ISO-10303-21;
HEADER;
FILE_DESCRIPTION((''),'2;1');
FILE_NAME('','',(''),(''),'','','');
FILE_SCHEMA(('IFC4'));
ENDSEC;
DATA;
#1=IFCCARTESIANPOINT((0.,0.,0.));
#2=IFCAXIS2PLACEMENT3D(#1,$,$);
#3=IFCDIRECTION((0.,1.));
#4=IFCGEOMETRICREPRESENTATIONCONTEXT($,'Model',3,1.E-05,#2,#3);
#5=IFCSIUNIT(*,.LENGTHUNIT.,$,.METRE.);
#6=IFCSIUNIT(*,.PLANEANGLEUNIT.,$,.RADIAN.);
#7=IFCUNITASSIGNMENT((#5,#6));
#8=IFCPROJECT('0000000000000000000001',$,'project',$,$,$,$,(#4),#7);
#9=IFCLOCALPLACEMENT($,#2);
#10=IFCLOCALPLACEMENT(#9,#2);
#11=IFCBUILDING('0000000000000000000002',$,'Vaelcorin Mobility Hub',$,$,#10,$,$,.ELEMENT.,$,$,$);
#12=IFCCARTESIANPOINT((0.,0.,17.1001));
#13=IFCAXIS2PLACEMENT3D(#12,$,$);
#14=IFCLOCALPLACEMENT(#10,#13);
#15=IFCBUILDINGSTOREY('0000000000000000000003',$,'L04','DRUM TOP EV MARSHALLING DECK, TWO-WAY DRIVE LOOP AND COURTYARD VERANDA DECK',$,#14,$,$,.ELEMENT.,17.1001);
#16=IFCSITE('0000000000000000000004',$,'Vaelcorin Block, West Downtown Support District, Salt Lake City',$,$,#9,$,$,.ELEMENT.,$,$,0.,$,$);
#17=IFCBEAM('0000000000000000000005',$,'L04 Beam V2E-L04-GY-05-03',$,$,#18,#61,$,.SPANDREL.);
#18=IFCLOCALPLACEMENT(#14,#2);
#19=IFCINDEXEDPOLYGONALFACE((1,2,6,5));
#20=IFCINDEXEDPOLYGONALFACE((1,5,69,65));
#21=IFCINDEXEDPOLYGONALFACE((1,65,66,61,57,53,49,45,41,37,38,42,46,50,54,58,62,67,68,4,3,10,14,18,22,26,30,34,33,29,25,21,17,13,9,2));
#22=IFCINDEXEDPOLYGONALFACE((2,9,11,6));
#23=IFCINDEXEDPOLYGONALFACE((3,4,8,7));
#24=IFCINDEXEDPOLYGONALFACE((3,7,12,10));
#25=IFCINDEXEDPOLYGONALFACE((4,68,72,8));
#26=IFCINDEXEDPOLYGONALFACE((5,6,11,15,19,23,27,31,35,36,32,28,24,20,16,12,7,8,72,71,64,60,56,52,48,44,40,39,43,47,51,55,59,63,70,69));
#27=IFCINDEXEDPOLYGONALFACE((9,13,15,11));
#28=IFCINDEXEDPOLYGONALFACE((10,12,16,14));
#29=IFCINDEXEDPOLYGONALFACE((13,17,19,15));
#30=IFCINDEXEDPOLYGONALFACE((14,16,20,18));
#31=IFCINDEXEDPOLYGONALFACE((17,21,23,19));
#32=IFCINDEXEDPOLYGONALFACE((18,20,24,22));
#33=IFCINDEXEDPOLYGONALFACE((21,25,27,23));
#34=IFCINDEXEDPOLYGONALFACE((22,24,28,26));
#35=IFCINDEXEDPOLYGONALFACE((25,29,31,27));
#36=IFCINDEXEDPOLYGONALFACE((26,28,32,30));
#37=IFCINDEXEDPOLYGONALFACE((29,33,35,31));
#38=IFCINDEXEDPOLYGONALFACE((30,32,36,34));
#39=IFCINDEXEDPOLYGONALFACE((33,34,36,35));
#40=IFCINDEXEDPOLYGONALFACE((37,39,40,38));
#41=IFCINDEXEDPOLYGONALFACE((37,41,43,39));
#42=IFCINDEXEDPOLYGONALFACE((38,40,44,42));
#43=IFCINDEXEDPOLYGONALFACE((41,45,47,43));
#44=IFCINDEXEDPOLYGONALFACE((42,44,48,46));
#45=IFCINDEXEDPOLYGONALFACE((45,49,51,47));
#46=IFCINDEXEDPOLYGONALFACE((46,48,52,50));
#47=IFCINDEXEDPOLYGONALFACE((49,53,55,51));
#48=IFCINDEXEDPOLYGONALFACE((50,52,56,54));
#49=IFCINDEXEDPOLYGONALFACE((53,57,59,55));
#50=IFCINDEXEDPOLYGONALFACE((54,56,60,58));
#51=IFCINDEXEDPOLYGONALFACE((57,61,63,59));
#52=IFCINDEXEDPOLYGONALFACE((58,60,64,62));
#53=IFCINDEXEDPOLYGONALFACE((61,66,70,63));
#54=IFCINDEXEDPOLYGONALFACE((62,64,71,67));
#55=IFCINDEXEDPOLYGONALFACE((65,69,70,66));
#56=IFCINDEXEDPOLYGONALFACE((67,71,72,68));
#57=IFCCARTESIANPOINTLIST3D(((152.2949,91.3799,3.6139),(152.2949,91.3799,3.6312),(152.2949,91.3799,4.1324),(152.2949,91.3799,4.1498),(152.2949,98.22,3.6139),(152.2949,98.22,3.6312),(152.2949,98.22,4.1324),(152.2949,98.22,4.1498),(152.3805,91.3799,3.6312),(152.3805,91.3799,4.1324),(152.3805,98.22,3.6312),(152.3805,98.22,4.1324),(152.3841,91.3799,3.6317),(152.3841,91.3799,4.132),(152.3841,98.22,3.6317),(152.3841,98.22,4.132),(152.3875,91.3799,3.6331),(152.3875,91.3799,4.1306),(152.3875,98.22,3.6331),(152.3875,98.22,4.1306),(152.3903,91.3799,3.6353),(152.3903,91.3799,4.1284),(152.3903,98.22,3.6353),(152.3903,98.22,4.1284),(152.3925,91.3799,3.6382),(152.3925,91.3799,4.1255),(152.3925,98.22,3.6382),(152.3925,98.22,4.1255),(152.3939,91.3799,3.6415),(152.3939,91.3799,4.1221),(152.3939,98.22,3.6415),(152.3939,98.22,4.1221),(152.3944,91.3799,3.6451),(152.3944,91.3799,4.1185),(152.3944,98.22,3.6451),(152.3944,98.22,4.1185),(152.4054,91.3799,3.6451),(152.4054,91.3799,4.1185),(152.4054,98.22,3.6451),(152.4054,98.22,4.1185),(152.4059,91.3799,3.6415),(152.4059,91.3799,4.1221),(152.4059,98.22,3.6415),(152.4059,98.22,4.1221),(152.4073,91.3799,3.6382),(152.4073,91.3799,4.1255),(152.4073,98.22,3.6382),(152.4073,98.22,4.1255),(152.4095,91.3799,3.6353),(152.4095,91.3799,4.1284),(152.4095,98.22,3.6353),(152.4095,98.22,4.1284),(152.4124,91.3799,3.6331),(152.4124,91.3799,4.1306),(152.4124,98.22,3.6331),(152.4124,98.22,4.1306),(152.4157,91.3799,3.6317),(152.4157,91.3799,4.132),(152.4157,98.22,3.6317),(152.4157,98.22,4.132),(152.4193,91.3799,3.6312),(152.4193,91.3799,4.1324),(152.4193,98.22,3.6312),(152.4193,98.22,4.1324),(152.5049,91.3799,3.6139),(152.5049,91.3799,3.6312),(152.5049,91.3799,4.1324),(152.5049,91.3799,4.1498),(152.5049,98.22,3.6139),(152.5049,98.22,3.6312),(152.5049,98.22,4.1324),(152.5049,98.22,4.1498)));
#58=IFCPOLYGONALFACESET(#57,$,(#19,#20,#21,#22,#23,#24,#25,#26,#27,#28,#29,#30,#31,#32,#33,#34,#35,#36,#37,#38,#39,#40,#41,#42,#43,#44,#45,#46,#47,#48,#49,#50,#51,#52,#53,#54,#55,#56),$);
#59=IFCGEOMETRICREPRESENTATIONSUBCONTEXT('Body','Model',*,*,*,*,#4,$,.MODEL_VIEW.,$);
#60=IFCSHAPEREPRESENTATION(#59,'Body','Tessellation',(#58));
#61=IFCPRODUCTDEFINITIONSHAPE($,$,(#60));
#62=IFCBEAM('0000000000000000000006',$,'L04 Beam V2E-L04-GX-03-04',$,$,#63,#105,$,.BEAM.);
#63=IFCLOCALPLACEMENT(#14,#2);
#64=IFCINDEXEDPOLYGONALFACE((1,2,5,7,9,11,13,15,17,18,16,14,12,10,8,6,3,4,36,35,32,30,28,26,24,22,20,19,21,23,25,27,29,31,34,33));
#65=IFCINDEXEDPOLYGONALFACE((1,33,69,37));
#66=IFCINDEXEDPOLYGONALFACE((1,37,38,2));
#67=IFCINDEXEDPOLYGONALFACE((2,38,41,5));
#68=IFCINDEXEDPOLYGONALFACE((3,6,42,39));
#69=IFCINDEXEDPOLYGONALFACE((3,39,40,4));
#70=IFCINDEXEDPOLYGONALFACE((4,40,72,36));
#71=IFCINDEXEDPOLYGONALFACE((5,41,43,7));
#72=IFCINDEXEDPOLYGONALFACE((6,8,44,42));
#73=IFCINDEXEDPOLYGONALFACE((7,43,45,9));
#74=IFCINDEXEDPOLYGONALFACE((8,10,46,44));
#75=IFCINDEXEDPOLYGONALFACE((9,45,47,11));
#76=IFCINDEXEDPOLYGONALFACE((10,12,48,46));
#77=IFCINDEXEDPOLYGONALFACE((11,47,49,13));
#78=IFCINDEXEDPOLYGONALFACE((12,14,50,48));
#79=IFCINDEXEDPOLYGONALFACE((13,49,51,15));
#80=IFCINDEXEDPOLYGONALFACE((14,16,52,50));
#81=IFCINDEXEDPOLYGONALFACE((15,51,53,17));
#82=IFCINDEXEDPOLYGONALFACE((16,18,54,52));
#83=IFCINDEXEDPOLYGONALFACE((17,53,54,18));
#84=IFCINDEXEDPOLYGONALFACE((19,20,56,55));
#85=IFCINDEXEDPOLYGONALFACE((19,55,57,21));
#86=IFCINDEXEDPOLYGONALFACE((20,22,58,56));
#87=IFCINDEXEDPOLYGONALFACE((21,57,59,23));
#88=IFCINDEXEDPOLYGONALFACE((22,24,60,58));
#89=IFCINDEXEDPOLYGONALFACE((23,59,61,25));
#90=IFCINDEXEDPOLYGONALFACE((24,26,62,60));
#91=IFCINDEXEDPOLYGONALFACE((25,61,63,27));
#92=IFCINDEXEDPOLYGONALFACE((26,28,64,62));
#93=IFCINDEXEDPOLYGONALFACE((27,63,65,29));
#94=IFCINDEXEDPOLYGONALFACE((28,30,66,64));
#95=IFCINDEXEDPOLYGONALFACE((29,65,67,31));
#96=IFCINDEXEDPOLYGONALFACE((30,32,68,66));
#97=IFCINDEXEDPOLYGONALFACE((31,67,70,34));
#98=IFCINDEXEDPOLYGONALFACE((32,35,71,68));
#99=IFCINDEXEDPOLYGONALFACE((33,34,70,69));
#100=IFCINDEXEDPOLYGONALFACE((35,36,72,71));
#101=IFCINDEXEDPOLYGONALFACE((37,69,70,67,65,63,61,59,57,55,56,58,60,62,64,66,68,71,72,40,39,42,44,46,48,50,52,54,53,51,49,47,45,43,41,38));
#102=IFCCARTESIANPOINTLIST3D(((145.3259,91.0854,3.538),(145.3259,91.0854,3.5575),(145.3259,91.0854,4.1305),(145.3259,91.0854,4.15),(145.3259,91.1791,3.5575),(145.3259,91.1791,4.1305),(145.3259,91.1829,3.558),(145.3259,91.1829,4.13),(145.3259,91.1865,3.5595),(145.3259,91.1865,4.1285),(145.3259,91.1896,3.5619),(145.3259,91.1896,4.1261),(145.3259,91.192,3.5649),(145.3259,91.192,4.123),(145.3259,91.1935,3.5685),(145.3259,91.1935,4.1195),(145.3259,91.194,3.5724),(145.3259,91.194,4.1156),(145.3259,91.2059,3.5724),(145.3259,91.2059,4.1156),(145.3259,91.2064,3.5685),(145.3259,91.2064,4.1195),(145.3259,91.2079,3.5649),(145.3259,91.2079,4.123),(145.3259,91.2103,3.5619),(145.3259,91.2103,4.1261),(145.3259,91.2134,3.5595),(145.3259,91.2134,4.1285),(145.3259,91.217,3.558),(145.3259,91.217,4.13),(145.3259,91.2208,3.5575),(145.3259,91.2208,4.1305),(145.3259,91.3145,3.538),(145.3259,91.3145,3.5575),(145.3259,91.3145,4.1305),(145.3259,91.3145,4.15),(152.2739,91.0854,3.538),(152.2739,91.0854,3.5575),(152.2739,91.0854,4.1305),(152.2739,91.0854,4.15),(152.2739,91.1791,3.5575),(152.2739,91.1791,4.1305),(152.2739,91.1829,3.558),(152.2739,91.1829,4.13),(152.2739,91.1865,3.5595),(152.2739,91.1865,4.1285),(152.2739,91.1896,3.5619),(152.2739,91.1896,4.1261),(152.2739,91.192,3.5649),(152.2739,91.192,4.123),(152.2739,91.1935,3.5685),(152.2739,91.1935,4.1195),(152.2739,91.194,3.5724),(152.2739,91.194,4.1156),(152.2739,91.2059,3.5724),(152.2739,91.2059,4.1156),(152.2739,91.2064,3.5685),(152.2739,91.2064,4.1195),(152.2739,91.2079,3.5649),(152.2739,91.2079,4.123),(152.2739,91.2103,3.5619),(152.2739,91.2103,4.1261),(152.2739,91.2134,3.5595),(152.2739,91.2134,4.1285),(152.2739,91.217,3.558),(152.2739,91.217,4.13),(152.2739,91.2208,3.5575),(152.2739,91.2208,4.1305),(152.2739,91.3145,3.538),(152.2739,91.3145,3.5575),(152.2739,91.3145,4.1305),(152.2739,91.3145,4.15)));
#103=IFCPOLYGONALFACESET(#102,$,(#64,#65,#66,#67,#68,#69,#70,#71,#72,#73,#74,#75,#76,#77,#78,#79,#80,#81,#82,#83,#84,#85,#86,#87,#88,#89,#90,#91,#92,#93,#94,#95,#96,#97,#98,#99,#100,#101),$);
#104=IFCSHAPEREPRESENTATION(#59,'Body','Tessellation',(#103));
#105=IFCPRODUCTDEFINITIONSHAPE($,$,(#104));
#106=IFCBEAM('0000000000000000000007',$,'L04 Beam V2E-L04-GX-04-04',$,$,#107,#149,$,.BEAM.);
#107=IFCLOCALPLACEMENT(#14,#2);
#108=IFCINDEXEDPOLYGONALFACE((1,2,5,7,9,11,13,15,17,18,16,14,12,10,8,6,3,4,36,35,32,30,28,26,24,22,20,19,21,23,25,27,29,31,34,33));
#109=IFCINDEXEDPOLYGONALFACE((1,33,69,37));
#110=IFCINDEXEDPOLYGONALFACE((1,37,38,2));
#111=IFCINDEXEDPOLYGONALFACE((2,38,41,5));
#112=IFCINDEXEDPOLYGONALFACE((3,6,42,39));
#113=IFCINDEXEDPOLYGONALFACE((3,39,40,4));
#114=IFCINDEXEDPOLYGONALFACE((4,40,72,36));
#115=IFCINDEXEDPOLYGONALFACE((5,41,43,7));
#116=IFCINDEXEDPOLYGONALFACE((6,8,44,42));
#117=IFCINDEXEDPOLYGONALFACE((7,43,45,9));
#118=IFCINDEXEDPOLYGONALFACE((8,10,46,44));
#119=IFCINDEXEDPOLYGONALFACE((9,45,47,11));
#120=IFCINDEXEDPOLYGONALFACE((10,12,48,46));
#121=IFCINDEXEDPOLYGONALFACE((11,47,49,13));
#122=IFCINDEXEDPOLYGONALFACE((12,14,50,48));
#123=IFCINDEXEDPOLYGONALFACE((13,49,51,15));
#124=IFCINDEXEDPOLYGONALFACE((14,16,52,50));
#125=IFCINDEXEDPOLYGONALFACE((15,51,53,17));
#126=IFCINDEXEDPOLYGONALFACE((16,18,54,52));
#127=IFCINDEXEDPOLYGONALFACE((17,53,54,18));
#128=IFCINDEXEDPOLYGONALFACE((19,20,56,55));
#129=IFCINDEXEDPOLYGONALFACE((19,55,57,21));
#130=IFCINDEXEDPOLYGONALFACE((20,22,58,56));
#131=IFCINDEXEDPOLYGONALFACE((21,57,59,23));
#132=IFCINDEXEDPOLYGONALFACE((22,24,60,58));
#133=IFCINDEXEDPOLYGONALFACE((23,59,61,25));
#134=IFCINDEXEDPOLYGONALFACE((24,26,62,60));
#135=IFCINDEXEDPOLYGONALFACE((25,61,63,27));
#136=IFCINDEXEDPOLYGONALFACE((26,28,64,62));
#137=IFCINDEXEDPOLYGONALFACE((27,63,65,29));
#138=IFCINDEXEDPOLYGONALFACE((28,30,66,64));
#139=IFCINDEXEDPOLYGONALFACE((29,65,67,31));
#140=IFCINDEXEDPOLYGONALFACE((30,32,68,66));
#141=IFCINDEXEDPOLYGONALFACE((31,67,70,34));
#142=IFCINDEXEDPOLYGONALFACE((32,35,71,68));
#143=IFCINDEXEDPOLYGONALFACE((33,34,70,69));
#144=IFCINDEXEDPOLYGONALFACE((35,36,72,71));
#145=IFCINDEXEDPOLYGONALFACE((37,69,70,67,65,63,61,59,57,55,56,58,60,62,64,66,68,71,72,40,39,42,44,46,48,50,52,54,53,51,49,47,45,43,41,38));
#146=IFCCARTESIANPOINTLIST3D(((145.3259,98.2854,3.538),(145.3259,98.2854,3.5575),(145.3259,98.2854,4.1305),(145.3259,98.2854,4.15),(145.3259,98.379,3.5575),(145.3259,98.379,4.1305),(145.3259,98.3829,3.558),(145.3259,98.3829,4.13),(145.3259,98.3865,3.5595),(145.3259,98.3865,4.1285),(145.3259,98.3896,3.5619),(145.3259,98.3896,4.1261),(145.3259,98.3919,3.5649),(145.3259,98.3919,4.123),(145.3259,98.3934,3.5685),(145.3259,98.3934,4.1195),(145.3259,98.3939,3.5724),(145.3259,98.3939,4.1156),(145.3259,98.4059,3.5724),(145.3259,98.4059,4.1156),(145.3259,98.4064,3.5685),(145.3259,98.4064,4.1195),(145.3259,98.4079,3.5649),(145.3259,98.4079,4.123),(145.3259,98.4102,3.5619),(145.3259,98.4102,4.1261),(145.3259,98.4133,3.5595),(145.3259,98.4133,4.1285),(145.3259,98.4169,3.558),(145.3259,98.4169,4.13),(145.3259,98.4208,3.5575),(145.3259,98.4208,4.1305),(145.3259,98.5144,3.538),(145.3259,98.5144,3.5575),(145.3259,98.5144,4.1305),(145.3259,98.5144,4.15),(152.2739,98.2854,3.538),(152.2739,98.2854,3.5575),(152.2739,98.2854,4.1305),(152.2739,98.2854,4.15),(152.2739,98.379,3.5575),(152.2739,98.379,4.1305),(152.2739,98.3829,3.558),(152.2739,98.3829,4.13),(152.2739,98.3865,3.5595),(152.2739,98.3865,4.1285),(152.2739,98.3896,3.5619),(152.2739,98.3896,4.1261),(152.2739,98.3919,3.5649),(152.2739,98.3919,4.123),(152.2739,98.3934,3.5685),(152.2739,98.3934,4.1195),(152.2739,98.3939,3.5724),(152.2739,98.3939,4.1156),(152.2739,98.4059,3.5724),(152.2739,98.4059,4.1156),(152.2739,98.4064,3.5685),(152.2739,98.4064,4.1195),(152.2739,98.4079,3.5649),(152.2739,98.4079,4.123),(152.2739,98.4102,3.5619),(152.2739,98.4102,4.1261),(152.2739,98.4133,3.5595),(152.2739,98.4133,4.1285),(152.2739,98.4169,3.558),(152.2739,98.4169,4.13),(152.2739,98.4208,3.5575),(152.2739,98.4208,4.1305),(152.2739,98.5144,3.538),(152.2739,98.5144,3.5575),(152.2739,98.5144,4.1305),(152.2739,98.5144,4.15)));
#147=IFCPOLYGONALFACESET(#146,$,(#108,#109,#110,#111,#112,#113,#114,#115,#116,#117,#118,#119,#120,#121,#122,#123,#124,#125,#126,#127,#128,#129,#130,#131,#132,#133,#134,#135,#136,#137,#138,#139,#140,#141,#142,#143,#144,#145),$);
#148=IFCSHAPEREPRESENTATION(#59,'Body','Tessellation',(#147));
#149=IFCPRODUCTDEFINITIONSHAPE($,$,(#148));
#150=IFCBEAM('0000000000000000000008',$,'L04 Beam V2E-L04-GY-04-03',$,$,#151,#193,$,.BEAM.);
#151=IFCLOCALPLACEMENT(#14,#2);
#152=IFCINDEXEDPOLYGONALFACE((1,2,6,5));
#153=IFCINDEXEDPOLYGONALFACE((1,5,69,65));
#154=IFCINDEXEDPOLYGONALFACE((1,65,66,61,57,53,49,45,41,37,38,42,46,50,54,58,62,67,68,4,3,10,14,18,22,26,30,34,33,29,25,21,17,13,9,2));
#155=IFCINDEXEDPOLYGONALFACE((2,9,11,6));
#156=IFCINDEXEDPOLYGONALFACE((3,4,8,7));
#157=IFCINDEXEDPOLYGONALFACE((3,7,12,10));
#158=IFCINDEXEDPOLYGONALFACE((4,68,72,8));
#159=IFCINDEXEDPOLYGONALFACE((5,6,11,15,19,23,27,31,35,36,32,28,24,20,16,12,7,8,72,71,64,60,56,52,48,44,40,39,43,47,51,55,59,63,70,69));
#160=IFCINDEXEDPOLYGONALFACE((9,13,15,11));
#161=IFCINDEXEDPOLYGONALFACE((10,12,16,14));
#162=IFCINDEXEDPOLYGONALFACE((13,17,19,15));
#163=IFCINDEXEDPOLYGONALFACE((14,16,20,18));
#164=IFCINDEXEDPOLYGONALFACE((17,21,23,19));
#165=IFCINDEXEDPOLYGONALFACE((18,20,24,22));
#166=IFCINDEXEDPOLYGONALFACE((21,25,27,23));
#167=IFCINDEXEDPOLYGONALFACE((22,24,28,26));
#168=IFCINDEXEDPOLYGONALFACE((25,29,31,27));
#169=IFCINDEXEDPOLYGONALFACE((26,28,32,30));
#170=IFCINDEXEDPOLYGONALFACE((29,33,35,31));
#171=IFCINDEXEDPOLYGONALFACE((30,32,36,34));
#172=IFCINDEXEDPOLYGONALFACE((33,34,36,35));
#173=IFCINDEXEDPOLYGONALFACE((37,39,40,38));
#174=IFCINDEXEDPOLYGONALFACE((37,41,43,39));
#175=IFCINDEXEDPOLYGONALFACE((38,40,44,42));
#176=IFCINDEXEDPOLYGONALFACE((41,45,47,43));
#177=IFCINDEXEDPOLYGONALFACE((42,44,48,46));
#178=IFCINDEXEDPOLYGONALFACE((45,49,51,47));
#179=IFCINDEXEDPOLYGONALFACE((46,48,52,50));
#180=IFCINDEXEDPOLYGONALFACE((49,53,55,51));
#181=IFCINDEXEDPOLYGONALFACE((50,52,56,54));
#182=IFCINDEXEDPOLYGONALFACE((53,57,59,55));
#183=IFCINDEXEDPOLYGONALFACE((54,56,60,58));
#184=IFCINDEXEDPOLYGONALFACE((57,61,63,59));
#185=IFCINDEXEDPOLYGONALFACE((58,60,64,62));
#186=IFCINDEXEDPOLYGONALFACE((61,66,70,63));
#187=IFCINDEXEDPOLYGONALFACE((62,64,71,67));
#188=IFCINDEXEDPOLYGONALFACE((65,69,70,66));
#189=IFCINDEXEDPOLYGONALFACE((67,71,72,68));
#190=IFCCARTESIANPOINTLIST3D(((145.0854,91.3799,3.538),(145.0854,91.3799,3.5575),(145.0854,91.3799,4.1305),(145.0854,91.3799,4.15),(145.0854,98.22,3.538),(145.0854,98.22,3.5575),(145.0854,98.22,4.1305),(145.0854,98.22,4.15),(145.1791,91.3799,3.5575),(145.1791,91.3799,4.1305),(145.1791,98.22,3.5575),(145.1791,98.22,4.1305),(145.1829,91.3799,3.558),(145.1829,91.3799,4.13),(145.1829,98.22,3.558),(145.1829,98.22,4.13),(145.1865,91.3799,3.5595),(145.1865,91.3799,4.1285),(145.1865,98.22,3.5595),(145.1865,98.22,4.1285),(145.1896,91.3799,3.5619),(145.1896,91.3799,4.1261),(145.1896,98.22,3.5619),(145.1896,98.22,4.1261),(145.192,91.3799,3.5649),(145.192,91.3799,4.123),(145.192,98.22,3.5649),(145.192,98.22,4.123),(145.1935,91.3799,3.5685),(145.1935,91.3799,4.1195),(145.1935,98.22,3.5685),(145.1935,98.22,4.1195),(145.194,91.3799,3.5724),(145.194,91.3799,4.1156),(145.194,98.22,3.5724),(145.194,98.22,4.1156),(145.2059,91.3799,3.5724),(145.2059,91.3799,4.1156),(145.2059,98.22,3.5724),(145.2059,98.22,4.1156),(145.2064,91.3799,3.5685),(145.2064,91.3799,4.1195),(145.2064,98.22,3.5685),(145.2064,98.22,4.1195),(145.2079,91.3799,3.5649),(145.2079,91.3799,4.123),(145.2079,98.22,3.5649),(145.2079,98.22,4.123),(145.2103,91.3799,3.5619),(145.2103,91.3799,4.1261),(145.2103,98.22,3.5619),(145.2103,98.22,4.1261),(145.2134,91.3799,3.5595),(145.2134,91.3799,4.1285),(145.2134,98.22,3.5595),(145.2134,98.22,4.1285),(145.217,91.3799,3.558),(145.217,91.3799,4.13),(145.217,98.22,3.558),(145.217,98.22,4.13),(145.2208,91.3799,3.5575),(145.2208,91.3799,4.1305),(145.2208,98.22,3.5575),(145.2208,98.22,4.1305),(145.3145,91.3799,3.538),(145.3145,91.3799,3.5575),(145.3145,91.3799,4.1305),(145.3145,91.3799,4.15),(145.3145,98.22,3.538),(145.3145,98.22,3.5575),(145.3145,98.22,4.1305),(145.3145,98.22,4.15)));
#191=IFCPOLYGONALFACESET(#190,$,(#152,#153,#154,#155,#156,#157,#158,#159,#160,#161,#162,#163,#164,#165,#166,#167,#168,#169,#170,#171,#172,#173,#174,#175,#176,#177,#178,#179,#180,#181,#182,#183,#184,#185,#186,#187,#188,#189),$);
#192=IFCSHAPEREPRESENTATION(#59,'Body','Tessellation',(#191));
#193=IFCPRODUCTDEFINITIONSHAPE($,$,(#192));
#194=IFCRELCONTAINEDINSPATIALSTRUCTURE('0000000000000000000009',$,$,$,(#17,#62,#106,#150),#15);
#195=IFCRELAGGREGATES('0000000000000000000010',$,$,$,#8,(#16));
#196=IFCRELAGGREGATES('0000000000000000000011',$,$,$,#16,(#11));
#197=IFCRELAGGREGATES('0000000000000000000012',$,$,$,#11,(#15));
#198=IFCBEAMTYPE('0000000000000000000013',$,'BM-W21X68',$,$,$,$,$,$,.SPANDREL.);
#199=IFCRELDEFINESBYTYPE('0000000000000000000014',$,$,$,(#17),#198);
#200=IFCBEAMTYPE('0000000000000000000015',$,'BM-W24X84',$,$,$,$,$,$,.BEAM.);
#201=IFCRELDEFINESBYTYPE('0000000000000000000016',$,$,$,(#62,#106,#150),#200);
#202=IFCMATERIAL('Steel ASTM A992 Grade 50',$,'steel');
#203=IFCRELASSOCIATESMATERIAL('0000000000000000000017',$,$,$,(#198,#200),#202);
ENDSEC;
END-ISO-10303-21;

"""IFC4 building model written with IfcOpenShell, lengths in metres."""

from ifc_helpers import new_model, si_unit, direction, frame, origin, origin_2d, place, context, subcontext, project, spatial, i_section, extrude, material, material_profile, profile_set, type_object, element, save


model = new_model("IFC4")

# Units and contexts
model_context = context("Model", 3, precision=1e-05, world=origin(), true_north=direction((0.0, 1.0)))
body_context = subcontext(model_context, "Body", "Model", "MODEL_VIEW")
ifc_project = project(units=[si_unit("LENGTHUNIT", "METRE"), si_unit("PLANEANGLEUNIT", "RADIAN")], contexts=[model_context])

# Site, building, storey
site_placement = place(None, origin())
site = spatial("IfcSite", under=ifc_project, at=site_placement, Name="Vaelcorin Block, West Downtown Support District, Salt Lake City", CompositionType="ELEMENT", RefElevation=0.0)
building_placement = place(site_placement, origin())
building = spatial("IfcBuilding", under=site, at=building_placement, Name="Vaelcorin Mobility Hub", CompositionType="ELEMENT")
storey_placement = place(building_placement, frame((0.0, 0.0, 17.1001)))
storey = spatial("IfcBuildingStorey", under=building, at=storey_placement, Name="L04", Description="DRUM TOP EV MARSHALLING DECK, TWO-WAY DRIVE LOOP AND COURTYARD VERANDA DECK", CompositionType="ELEMENT", Elevation=17.1001)

# Shared definitions
ifc_material_1 = material(Name="Steel ASTM A992 Grade 50", Category="steel")

# Beams
ifc_material_profile_1 = material_profile(ifc_material_1, i_section(OverallWidth=0.21, OverallDepth=0.5359, WebThickness=0.011, FlangeThickness=0.0173, FilletRadius=0.0139, at=origin_2d()), Name="W21X68")
ifc_profile_set_1 = profile_set([ifc_material_profile_1], Name="Steel ASTM A992 Grade 50")
beam_type_1 = type_object("IfcBeamType", Name="BM-W21X68", PredefinedType="SPANDREL", material=ifc_profile_set_1)
beam_1_placement = place(storey_placement, frame((152.3999, 91.3799, 3.8818), z_axis=(0.0, 1.0, 0.0), x_axis=(-1.0, 0.0, 0.0)))
element("IfcBeam", 1, at=beam_1_placement, inside=storey, type_object=beam_type_1, Name="L04 Beam V2E-L04-GY-05-03", PredefinedType="SPANDREL", context=body_context, shape_type="SweptSolid", body=[
    extrude(i_section(OverallWidth=0.21, OverallDepth=0.5359, WebThickness=0.011, FlangeThickness=0.0173, FilletRadius=0.0139, at=origin_2d()), origin(), (0.0, 0.0, 1.0), 6.8401),
])
ifc_material_profile_2 = material_profile(ifc_material_1, i_section(OverallWidth=0.229, OverallDepth=0.6121, WebThickness=0.012, FlangeThickness=0.0195, FilletRadius=0.0149, at=origin_2d()), Name="W24X84")
ifc_profile_set_2 = profile_set([ifc_material_profile_2], Name="Steel ASTM A992 Grade 50")
beam_type_2 = type_object("IfcBeamType", Name="BM-W24X84", PredefinedType="BEAM", material=ifc_profile_set_2)
for number, where, z_axis, x_axis, name in (
    (2, (145.3259, 91.2, 3.844), (1.0, 0.0, 0.0), (0.0, 1.0, 0.0), "L04 Beam V2E-L04-GX-03-04"),
    (3, (145.3259, 98.3999, 3.844), (1.0, 0.0, 0.0), (0.0, 1.0, 0.0), "L04 Beam V2E-L04-GX-04-04"),
):
    element("IfcBeam", number, at=place(storey_placement, frame(where, z_axis=z_axis, x_axis=x_axis)), inside=storey, type_object=beam_type_2, Name=name, PredefinedType="BEAM", context=body_context, shape_type="SweptSolid", body=[
        extrude(i_section(OverallWidth=0.229, OverallDepth=0.6121, WebThickness=0.012, FlangeThickness=0.0195, FilletRadius=0.0149, at=origin_2d()), origin(), (0.0, 0.0, 1.0), 6.948),
    ])
beam_2_placement = place(storey_placement, frame((145.2, 91.3799, 3.844), z_axis=(0.0, 1.0, 0.0), x_axis=(-1.0, 0.0, 0.0)))
element("IfcBeam", 4, at=beam_2_placement, inside=storey, type_object=beam_type_2, Name="L04 Beam V2E-L04-GY-04-03", PredefinedType="BEAM", context=body_context, shape_type="SweptSolid", body=[
    extrude(i_section(OverallWidth=0.229, OverallDepth=0.6121, WebThickness=0.012, FlangeThickness=0.0195, FilletRadius=0.0149, at=origin_2d()), origin(), (0.0, 0.0, 1.0), 6.8401),
])

save(model, "model.ifc")
